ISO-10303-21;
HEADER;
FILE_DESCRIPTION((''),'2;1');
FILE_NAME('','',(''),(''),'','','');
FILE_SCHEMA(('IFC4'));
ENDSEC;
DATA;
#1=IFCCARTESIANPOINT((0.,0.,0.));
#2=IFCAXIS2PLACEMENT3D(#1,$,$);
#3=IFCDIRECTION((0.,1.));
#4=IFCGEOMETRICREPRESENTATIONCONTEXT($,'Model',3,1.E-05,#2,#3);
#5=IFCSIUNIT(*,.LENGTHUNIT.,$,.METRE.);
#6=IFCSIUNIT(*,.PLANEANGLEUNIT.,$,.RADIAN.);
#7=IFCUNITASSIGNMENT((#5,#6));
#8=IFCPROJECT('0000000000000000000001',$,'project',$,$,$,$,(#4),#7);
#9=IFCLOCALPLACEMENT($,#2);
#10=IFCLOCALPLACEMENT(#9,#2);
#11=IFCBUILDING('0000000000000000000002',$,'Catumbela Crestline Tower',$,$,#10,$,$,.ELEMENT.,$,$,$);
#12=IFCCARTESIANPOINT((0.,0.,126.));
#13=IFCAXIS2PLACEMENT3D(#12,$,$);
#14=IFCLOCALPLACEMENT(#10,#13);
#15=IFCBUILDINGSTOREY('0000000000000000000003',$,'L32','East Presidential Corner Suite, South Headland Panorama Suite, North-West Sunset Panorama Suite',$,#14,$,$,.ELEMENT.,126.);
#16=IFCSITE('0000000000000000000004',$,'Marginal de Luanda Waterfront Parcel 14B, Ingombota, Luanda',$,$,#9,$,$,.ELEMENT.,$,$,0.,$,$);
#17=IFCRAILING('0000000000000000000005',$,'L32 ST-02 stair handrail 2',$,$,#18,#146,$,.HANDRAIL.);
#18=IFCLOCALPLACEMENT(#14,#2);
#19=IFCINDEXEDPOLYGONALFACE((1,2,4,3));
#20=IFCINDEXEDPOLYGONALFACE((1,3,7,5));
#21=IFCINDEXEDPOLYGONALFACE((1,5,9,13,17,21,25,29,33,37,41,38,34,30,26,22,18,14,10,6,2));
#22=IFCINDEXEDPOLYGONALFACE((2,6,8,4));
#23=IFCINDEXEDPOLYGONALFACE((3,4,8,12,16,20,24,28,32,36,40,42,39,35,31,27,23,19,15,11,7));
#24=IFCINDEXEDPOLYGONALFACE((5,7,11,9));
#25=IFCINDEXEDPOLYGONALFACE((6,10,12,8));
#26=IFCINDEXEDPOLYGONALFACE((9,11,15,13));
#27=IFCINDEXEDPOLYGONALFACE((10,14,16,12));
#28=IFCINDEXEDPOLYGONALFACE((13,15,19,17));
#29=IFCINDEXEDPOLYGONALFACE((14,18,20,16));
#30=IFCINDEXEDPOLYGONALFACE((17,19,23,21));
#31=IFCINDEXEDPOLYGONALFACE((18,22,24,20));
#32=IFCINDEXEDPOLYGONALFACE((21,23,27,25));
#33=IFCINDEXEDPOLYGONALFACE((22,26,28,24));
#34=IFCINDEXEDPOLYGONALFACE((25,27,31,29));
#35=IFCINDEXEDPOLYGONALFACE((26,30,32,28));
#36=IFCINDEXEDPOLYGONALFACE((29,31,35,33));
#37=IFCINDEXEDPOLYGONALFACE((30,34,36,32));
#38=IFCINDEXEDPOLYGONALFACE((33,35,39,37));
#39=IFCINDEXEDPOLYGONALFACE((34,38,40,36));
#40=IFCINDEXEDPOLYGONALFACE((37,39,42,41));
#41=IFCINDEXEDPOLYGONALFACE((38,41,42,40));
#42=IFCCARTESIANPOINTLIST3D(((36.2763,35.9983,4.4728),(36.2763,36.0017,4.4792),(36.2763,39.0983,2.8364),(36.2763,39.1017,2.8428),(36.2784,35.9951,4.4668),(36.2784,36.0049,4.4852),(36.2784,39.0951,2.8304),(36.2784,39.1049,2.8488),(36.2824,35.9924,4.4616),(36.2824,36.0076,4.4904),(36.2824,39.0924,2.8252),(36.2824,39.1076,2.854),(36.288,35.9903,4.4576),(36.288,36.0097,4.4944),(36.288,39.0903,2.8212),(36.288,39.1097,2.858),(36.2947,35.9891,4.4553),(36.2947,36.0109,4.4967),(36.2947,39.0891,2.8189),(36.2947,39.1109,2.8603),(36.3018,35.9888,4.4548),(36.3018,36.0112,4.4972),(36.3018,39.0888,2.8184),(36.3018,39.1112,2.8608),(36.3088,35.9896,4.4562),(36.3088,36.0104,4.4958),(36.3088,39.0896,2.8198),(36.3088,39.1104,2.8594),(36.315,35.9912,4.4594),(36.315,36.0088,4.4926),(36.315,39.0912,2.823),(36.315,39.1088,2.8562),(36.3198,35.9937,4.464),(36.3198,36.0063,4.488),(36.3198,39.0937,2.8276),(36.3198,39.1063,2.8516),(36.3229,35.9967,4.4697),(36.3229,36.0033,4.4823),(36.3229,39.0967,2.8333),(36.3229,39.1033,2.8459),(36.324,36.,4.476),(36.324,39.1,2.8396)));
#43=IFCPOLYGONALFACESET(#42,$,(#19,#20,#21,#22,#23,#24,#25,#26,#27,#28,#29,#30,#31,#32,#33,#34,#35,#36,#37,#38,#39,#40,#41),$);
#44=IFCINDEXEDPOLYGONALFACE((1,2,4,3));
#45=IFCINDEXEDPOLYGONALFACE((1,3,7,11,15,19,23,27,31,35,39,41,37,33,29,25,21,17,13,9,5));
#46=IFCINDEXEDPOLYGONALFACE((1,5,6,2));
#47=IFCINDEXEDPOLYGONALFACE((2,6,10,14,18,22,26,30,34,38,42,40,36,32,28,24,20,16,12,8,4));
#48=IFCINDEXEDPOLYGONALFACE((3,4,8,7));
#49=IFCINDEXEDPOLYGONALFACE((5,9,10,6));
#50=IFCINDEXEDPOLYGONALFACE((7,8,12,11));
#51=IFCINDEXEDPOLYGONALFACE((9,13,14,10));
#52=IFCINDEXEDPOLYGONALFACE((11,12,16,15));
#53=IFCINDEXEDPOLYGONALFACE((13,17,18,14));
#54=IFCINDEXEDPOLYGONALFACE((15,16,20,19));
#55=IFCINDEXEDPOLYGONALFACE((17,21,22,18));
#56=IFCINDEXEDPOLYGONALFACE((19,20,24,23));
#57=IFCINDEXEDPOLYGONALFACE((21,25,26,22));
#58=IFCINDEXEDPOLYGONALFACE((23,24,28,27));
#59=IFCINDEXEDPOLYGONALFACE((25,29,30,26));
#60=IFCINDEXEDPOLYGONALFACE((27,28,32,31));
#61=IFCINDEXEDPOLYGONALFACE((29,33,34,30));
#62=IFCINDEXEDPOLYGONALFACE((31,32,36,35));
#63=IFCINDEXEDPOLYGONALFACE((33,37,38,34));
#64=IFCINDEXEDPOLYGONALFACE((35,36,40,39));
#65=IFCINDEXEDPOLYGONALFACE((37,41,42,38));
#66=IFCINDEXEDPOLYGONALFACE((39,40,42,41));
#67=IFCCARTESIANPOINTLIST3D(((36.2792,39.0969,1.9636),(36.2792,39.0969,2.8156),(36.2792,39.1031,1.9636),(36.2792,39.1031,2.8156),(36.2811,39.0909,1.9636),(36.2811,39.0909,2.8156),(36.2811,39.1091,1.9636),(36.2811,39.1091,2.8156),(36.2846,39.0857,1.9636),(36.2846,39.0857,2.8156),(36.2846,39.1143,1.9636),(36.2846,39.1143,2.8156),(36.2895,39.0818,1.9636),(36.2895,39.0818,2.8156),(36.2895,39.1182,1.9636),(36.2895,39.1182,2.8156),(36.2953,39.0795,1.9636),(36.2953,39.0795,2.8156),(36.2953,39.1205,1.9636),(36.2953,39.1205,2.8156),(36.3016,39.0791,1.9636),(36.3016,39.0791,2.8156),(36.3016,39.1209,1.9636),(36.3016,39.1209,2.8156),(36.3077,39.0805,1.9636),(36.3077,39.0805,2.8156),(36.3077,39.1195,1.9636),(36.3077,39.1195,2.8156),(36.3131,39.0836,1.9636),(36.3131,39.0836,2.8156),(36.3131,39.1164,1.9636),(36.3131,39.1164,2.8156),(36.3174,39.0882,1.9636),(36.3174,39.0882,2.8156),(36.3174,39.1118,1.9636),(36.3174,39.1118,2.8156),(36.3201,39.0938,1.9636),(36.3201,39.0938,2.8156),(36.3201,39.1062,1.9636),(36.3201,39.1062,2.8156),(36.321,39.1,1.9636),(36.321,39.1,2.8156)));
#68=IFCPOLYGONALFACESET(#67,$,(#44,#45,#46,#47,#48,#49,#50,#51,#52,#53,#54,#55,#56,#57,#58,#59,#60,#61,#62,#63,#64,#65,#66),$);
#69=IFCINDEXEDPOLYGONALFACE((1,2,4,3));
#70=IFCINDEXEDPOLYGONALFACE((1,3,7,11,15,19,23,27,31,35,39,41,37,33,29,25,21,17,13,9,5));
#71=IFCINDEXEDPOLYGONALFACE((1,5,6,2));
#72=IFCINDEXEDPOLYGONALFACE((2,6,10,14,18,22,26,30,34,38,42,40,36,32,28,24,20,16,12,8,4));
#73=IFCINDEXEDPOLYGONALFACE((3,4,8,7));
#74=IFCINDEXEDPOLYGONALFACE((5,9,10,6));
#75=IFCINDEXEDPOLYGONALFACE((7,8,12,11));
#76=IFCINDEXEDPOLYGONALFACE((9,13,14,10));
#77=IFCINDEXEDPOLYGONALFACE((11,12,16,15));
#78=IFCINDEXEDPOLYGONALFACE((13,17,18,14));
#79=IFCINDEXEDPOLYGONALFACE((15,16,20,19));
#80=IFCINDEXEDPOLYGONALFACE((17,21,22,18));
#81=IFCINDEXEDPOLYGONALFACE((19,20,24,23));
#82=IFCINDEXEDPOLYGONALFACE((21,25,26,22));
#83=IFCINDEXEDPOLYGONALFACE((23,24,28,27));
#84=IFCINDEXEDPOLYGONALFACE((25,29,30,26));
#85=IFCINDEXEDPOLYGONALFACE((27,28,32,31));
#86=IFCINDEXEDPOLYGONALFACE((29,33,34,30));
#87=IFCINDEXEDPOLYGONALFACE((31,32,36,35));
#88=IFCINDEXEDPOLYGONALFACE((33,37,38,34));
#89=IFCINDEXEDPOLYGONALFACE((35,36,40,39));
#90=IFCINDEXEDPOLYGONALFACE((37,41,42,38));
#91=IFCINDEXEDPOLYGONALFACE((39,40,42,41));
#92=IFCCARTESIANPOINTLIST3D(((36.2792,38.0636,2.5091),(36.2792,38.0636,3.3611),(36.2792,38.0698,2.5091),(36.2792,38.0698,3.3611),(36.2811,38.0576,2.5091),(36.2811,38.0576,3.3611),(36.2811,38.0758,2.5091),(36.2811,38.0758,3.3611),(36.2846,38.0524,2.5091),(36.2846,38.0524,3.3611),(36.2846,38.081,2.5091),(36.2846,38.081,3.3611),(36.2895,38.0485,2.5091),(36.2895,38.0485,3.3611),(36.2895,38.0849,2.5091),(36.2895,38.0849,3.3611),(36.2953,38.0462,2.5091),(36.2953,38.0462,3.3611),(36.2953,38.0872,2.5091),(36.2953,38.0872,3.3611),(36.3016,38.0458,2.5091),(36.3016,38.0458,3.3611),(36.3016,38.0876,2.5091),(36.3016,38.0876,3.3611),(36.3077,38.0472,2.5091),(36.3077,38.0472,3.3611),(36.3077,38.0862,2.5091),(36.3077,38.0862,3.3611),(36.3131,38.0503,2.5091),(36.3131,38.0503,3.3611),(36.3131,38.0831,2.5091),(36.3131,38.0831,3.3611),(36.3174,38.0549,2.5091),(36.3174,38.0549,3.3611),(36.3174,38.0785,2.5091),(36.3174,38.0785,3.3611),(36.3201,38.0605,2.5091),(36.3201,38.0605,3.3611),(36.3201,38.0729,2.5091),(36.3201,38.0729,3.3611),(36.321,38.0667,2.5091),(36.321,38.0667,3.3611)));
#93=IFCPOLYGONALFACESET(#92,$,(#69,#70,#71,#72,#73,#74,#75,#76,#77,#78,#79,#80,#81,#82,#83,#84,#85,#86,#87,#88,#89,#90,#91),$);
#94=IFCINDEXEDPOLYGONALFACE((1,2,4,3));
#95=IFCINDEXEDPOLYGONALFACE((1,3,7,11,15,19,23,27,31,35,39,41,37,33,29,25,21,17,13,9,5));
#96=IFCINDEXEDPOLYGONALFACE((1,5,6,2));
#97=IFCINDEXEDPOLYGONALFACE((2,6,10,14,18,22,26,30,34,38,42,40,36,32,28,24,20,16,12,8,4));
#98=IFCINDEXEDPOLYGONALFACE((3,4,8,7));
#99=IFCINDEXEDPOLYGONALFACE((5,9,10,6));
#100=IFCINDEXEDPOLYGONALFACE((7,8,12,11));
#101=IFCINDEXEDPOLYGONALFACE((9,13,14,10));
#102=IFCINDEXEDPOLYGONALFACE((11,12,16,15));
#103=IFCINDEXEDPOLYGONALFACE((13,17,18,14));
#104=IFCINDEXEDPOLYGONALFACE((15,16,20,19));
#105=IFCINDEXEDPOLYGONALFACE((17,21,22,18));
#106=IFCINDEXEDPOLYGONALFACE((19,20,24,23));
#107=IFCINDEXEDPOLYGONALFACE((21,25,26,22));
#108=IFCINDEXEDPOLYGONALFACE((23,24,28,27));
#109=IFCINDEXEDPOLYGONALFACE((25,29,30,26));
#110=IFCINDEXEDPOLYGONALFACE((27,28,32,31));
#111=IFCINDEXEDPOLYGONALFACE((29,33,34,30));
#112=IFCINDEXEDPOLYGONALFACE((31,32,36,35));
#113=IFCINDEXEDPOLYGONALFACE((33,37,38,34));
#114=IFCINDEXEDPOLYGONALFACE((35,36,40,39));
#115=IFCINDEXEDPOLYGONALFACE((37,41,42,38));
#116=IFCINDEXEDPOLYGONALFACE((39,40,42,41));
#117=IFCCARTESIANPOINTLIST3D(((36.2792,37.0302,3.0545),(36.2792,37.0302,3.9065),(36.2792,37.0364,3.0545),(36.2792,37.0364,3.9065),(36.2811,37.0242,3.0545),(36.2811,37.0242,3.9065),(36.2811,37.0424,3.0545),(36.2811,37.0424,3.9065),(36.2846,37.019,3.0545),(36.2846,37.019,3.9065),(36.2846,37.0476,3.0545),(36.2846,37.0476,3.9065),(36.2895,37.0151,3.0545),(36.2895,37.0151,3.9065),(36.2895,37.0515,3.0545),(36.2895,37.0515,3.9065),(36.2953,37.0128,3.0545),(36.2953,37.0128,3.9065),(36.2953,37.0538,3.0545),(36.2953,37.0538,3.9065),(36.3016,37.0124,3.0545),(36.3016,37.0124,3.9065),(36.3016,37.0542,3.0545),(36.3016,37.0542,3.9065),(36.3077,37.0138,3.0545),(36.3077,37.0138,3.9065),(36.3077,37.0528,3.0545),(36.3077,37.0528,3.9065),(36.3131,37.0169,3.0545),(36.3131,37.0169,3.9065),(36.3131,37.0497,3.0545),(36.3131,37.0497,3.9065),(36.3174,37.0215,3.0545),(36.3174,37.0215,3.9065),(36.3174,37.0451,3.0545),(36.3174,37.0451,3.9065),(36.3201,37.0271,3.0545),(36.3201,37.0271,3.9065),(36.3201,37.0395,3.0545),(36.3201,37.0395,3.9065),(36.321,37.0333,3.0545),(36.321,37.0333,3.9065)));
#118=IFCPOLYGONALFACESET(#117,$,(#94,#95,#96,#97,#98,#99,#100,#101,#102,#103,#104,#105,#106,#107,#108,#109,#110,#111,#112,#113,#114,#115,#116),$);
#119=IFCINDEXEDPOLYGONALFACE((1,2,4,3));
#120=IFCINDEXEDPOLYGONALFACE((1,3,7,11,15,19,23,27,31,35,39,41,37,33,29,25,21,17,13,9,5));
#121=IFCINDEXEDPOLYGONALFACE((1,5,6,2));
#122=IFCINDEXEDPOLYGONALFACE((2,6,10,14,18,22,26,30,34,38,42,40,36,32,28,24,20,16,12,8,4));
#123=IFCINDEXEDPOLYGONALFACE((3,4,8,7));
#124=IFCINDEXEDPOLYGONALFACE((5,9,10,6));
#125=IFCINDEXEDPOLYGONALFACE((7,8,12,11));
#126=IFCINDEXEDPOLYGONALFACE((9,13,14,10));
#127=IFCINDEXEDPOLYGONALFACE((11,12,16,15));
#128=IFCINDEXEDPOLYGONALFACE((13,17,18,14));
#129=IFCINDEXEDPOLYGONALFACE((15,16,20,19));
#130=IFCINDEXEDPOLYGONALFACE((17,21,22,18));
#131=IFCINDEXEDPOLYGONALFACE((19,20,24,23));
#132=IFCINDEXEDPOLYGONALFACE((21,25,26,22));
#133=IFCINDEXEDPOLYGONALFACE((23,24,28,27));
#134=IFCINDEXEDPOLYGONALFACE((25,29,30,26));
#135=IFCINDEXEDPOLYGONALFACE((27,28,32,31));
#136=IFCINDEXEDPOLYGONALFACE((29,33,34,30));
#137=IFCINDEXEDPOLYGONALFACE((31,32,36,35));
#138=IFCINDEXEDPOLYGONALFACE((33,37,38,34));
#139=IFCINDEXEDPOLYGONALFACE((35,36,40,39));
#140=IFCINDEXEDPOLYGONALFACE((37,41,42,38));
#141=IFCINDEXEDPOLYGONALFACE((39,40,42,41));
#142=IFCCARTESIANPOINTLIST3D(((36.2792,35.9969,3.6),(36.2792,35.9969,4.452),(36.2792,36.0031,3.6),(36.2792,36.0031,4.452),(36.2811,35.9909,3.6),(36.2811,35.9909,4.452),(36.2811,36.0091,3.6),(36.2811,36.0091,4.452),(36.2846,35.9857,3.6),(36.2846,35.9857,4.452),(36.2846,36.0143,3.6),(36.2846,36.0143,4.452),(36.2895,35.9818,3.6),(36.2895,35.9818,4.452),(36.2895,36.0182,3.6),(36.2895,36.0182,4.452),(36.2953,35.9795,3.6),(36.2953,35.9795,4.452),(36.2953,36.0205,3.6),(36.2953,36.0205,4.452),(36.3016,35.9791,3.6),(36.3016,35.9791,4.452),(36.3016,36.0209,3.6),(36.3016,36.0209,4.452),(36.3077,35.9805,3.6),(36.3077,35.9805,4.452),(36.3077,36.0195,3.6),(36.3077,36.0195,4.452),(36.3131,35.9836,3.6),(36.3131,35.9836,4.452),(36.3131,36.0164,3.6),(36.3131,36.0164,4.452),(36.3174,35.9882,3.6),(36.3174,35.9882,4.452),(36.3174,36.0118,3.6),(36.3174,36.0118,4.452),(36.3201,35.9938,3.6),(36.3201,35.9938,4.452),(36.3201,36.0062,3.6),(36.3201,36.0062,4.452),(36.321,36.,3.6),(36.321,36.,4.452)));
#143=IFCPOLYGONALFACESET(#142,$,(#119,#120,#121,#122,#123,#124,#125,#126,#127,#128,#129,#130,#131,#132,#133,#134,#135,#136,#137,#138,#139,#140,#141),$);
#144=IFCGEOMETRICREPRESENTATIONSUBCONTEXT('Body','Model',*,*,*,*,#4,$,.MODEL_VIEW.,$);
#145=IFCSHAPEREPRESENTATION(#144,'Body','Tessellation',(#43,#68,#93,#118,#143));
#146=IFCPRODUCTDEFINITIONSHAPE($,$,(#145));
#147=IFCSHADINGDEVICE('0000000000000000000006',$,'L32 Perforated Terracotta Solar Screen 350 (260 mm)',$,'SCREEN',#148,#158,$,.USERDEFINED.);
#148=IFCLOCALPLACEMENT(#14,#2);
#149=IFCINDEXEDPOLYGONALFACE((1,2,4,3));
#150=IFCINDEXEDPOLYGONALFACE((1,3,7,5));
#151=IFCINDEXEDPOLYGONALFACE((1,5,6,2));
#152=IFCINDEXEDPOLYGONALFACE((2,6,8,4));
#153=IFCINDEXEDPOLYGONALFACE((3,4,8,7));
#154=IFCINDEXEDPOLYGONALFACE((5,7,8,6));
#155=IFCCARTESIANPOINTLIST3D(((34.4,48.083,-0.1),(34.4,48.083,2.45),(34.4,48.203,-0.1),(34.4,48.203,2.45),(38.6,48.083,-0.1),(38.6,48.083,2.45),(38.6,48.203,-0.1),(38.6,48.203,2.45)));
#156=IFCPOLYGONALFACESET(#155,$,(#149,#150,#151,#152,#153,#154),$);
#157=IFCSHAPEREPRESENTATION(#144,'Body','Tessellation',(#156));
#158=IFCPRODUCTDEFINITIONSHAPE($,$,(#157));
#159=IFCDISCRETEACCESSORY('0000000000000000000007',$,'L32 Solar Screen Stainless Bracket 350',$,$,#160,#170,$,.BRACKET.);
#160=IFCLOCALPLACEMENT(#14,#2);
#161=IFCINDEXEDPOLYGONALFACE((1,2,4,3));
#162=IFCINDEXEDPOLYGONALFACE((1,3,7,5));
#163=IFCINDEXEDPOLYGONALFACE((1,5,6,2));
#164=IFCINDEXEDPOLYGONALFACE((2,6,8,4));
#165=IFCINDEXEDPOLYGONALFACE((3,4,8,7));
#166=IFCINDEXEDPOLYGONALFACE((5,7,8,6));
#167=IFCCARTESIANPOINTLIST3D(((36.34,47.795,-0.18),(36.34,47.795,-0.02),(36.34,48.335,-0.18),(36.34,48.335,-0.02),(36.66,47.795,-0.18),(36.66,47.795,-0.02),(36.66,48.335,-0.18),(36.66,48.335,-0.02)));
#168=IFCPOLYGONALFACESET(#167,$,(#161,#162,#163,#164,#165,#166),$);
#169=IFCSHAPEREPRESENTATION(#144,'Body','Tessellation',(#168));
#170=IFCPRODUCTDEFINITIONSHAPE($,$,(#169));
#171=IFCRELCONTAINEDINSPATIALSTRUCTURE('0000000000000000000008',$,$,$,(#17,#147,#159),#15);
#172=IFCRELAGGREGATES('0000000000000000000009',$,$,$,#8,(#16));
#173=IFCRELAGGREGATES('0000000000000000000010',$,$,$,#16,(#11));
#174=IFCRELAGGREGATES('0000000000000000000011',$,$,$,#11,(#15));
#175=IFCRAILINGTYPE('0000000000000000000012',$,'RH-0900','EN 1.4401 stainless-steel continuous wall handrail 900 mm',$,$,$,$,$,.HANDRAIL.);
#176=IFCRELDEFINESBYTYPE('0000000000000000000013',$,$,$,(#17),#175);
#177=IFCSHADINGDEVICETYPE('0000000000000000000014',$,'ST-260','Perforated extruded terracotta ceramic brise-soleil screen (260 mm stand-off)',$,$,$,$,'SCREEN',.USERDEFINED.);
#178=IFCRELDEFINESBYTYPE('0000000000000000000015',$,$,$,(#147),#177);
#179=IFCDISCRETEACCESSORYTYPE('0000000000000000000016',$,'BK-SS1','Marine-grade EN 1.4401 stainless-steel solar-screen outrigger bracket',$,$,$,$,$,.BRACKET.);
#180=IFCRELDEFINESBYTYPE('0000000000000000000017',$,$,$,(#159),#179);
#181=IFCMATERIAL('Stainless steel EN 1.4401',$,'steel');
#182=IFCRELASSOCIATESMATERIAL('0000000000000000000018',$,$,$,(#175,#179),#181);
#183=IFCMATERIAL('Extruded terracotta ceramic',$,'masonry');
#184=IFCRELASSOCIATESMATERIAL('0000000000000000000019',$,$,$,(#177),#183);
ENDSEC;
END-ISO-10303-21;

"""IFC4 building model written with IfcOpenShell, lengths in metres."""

from ifc_helpers import new_model, si_unit, direction, frame, origin, origin_2d, place, context, subcontext, project, spatial, rectangle, circle, extrude, material, type_object, element, save


model = new_model("IFC4")

# Units and contexts
model_context = context("Model", 3, precision=1e-05, world=origin(), true_north=direction((0.0, 1.0)))
body_context = subcontext(model_context, "Body", "Model", "MODEL_VIEW")
ifc_project = project(units=[si_unit("LENGTHUNIT", "METRE"), si_unit("PLANEANGLEUNIT", "RADIAN")], contexts=[model_context])

# Site, building, storey
site_placement = place(None, origin())
site = spatial("IfcSite", under=ifc_project, at=site_placement, Name="Marginal de Luanda Waterfront Parcel 14B, Ingombota, Luanda", CompositionType="ELEMENT", RefElevation=0.0)
building_placement = place(site_placement, origin())
building = spatial("IfcBuilding", under=site, at=building_placement, Name="Catumbela Crestline Tower", CompositionType="ELEMENT")
storey_placement = place(building_placement, frame((0.0, 0.0, 126.0)))
storey = spatial("IfcBuildingStorey", under=building, at=storey_placement, Name="L32", Description="East Presidential Corner Suite, South Headland Panorama Suite, North-West Sunset Panorama Suite", CompositionType="ELEMENT", Elevation=126.0)

# Shared definitions
ifc_material_1 = material(Name="Stainless steel EN 1.4401", Category="steel")

# Railing
railing_type_1 = type_object("IfcRailingType", Name="RH-0900", Description="EN 1.4401 stainless-steel continuous wall handrail 900 mm", PredefinedType="HANDRAIL", material=ifc_material_1)
railing_1_placement = place(storey_placement, frame((36.3, 39.1, 1.9636)))
element("IfcRailing", 1, at=railing_1_placement, inside=storey, type_object=railing_type_1, Name="L32 ST-02 stair handrail 2", PredefinedType="HANDRAIL", context=body_context, shape_type="SweptSolid", body=[
    extrude(circle(Radius=0.024, at=origin_2d()), frame((0.0, 0.0, 0.876), z_axis=(0.0, -0.884351, 0.466823), x_axis=(1.0, 0.0, 0.0)), (0.0, 0.0, 1.0), 3.5054),
    extrude(circle(Radius=0.021, at=origin_2d()), origin(), (0.0, 0.0, 1.0), 0.852),
    extrude(circle(Radius=0.021, at=origin_2d()), frame((0.0, -1.0333, 0.5455)), (0.0, 0.0, 1.0), 0.852),
    extrude(circle(Radius=0.021, at=origin_2d()), frame((0.0, -2.0667, 1.0909)), (0.0, 0.0, 1.0), 0.852),
    extrude(circle(Radius=0.021, at=origin_2d()), frame((0.0, -3.1, 1.6364)), (0.0, 0.0, 1.0), 0.852),
])

# Shading device
ifc_material_2 = material(Name="Extruded terracotta ceramic", Category="masonry")
shading_device_type = type_object("IfcShadingDeviceType", Name="ST-260", Description="Perforated extruded terracotta ceramic brise-soleil screen (260 mm stand-off)", ElementType="SCREEN", PredefinedType="USERDEFINED", material=ifc_material_2)
shading_device_placement = place(storey_placement, frame((36.5, 48.143, -0.1), z_axis=(0.0, 0.0, 1.0), x_axis=(-1.0, 0.0, 0.0)))
element("IfcShadingDevice", 2, at=shading_device_placement, inside=storey, type_object=shading_device_type, Name="L32 Perforated Terracotta Solar Screen 350 (260 mm)", ObjectType="SCREEN", PredefinedType="USERDEFINED", context=body_context, shape_type="SweptSolid", body=[
    extrude(rectangle(XDim=4.2, YDim=0.12, at=origin_2d()), origin(), (0.0, 0.0, 1.0), 2.55),
])

# Discrete accessory
discrete_accessory_type = type_object("IfcDiscreteAccessoryType", Name="BK-SS1", Description="Marine-grade EN 1.4401 stainless-steel solar-screen outrigger bracket", PredefinedType="BRACKET", material=ifc_material_1)
discrete_accessory_placement = place(storey_placement, frame((36.5, 48.065, -0.18), z_axis=(0.0, 0.0, 1.0), x_axis=(-1.0, 0.0, 0.0)))
element("IfcDiscreteAccessory", 3, at=discrete_accessory_placement, inside=storey, type_object=discrete_accessory_type, Name="L32 Solar Screen Stainless Bracket 350", PredefinedType="BRACKET", context=body_context, shape_type="SweptSolid", body=[
    extrude(rectangle(XDim=0.32, YDim=0.54, at=origin_2d()), origin(), (0.0, 0.0, 1.0), 0.16),
])

save(model, "model.ifc")
